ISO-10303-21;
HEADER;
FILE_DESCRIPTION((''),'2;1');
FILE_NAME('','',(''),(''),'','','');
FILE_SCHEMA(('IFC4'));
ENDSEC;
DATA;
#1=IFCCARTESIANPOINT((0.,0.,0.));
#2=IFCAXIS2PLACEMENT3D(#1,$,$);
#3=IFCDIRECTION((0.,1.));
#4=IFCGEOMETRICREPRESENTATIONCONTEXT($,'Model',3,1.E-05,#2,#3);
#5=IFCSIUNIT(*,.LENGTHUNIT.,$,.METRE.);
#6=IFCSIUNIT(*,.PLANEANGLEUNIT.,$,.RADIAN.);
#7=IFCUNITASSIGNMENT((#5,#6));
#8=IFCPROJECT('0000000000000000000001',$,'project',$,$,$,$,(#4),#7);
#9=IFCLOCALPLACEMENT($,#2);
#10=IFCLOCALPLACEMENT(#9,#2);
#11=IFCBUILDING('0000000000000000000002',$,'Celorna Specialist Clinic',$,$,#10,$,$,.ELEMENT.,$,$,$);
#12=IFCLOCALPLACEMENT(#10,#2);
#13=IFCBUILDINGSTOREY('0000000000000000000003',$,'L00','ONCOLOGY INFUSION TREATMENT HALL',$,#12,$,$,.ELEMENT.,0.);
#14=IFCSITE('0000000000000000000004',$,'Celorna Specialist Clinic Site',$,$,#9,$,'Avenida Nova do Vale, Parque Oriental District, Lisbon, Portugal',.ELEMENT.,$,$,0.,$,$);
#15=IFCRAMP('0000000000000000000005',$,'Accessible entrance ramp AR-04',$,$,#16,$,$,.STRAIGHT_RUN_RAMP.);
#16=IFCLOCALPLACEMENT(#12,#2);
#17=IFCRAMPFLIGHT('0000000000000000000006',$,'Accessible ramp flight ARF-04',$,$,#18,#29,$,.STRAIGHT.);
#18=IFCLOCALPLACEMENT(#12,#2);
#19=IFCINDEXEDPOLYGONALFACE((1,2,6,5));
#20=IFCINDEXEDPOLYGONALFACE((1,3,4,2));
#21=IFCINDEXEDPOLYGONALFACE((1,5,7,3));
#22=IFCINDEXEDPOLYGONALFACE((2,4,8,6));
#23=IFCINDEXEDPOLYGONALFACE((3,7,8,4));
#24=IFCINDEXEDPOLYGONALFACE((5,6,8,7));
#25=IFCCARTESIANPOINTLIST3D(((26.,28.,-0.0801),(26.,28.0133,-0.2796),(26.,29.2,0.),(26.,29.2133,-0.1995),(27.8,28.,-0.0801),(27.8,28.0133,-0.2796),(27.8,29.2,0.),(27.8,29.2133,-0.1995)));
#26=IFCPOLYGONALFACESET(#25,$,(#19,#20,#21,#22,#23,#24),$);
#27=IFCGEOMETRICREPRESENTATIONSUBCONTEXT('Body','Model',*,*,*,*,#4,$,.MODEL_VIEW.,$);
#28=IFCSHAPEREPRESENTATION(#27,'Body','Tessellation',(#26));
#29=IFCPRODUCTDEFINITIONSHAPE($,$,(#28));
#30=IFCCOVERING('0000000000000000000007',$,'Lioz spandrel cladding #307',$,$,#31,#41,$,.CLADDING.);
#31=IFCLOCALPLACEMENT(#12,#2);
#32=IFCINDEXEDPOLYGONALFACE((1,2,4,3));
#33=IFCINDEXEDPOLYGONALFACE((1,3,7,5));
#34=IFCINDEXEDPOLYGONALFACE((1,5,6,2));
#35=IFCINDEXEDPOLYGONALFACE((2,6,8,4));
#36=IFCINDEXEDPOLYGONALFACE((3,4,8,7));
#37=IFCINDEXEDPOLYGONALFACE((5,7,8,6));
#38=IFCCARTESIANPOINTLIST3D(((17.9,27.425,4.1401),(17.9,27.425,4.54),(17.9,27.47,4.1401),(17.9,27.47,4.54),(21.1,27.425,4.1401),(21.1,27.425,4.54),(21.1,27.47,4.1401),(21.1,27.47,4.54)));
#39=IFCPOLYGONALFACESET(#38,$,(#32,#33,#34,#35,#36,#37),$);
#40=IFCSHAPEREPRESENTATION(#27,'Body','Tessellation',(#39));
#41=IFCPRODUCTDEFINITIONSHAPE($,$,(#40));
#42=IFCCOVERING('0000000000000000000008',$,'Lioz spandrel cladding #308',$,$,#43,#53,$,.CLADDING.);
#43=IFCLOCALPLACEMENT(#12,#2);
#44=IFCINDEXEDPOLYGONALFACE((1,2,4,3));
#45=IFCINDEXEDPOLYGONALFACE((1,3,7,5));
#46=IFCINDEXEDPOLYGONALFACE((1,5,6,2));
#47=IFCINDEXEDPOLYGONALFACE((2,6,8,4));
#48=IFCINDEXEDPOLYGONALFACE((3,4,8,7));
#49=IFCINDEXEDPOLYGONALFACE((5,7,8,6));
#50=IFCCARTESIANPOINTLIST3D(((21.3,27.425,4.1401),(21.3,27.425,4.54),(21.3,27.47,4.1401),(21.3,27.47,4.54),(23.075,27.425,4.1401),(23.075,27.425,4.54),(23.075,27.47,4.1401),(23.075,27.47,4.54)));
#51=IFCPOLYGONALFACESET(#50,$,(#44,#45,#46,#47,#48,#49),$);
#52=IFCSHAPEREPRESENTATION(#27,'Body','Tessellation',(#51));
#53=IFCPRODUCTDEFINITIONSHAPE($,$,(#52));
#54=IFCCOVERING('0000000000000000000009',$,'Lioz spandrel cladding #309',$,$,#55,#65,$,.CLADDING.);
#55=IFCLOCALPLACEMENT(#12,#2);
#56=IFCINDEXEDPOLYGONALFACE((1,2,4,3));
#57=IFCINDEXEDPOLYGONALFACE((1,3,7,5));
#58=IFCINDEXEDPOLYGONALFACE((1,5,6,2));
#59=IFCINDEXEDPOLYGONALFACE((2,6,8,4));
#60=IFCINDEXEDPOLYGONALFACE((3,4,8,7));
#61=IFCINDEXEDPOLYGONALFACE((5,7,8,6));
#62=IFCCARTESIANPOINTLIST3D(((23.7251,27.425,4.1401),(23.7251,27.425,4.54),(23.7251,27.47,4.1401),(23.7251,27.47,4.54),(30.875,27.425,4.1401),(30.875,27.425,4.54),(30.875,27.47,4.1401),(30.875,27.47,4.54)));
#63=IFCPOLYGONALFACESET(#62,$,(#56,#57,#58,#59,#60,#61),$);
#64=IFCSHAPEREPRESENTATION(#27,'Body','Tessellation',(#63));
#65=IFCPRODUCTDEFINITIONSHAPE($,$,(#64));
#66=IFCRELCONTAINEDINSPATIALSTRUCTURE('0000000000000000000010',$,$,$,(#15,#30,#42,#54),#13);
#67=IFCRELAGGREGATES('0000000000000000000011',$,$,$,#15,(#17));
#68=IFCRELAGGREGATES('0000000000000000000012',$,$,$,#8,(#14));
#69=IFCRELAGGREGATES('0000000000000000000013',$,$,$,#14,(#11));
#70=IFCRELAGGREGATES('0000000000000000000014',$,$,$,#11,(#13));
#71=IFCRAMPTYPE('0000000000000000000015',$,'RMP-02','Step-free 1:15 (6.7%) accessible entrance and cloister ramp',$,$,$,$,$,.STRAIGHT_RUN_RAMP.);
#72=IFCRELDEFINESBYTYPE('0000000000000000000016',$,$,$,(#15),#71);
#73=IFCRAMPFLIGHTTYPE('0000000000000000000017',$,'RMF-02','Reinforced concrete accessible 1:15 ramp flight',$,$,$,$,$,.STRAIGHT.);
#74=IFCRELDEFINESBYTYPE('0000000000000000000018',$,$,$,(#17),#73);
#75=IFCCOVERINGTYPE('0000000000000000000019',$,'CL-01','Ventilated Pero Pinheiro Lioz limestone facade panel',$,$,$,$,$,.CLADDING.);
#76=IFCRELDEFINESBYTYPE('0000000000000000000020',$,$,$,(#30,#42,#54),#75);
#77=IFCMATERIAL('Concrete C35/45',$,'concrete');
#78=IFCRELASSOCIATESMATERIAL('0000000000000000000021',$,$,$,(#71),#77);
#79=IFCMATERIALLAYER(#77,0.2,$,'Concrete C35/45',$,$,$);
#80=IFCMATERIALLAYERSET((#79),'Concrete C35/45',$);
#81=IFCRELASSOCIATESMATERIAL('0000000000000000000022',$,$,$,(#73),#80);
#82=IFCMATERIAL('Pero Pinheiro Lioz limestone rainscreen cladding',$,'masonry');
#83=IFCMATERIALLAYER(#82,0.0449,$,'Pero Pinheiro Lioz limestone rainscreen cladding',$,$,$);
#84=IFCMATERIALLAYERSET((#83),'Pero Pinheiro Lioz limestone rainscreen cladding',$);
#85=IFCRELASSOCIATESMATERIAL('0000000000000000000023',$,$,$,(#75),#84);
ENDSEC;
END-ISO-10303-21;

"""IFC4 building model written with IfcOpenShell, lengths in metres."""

from ifc_helpers import new_model, si_unit, direction, frame, origin, origin_2d, place, context, subcontext, project, spatial, polyline, rectangle, outline, extrude, material, layer, layer_set, type_object, element, aggregate, save


model = new_model("IFC4")

# Units and contexts
model_context = context("Model", 3, precision=1e-05, world=origin(), true_north=direction((0.0, 1.0)))
body_context = subcontext(model_context, "Body", "Model", "MODEL_VIEW")
ifc_project = project(units=[si_unit("LENGTHUNIT", "METRE"), si_unit("PLANEANGLEUNIT", "RADIAN")], contexts=[model_context])

# Site, building, storey
site_placement = place(None, origin())
site = spatial("IfcSite", under=ifc_project, at=site_placement, Name="Celorna Specialist Clinic Site", LongName="Avenida Nova do Vale, Parque Oriental District, Lisbon, Portugal", CompositionType="ELEMENT", RefElevation=0.0)
building_placement = place(site_placement, origin())
building = spatial("IfcBuilding", under=site, at=building_placement, Name="Celorna Specialist Clinic", CompositionType="ELEMENT")
storey_placement = place(building_placement, origin())
storey = spatial("IfcBuildingStorey", under=building, at=storey_placement, Name="L00", Description="ONCOLOGY INFUSION TREATMENT HALL", CompositionType="ELEMENT", Elevation=0.0)

# Shared definitions
ifc_material_1 = material(Name="Concrete C35/45", Category="concrete")

# Ramp, ramp flight
ramp_type = type_object("IfcRampType", Name="RMP-02", Description="Step-free 1:15 (6.7%) accessible entrance and cloister ramp", PredefinedType="STRAIGHT_RUN_RAMP", material=ifc_material_1)
ramp_placement = place(storey_placement, origin())
ramp = element("IfcRamp", 1, at=ramp_placement, inside=storey, type_object=ramp_type, Name="Accessible entrance ramp AR-04", PredefinedType="STRAIGHT_RUN_RAMP")
ifc_layer_1 = layer(ifc_material_1, 0.2, Name="Concrete C35/45")
ifc_layer_set_1 = layer_set([ifc_layer_1], Name="Concrete C35/45")
ramp_flight_type = type_object("IfcRampFlightType", Name="RMF-02", Description="Reinforced concrete accessible 1:15 ramp flight", PredefinedType="STRAIGHT", material=ifc_layer_set_1)
ramp_flight_placement = place(storey_placement, frame((26.0, 28.0, -0.0801), z_axis=(0.0, -0.066586, 0.997781), x_axis=(1.0, 0.0, 0.0)))
ramp_flight = element("IfcRampFlight", 2, at=ramp_flight_placement, type_object=ramp_flight_type, Name="Accessible ramp flight ARF-04", PredefinedType="STRAIGHT", context=body_context, shape_type="SweptSolid", body=[
    extrude(outline(polyline([(0.0, 0.0), (1.8, 0.0), (1.8, 1.2026), (0.0, 1.2026), (0.0, 0.0)])), origin(), (0.0, 0.0, -1.0), 0.2),
])
aggregate(ramp, [ramp_flight])

# Coverings
ifc_material_2 = material(Name="Pero Pinheiro Lioz limestone rainscreen cladding", Category="masonry")
ifc_layer_2 = layer(ifc_material_2, 0.0449, Name="Pero Pinheiro Lioz limestone rainscreen cladding")
ifc_layer_set_2 = layer_set([ifc_layer_2], Name="Pero Pinheiro Lioz limestone rainscreen cladding")
covering_type = type_object("IfcCoveringType", Name="CL-01", Description="Ventilated Pero Pinheiro Lioz limestone facade panel", PredefinedType="CLADDING", material=ifc_layer_set_2)
covering_1_placement = place(storey_placement, frame((19.5, 27.4475, 4.1401), z_axis=(0.0, 0.0, 1.0), x_axis=(1.0, 0.0, 0.0)))
element("IfcCovering", 3, at=covering_1_placement, inside=storey, type_object=covering_type, Name="Lioz spandrel cladding #307", PredefinedType="CLADDING", context=body_context, shape_type="SweptSolid", body=[
    extrude(rectangle(XDim=3.2, YDim=0.0449, at=origin_2d()), origin(), (0.0, 0.0, 1.0), 0.3999),
])
covering_2_placement = place(storey_placement, frame((22.1875, 27.4475, 4.1401), z_axis=(0.0, 0.0, 1.0), x_axis=(1.0, 0.0, 0.0)))
element("IfcCovering", 4, at=covering_2_placement, inside=storey, type_object=covering_type, Name="Lioz spandrel cladding #308", PredefinedType="CLADDING", context=body_context, shape_type="SweptSolid", body=[
    extrude(rectangle(XDim=1.7749, YDim=0.0449, at=origin_2d()), origin(), (0.0, 0.0, 1.0), 0.3999),
])
covering_3_placement = place(storey_placement, frame((27.3, 27.4475, 4.1401), z_axis=(0.0, 0.0, 1.0), x_axis=(1.0, 0.0, 0.0)))
element("IfcCovering", 5, at=covering_3_placement, inside=storey, type_object=covering_type, Name="Lioz spandrel cladding #309", PredefinedType="CLADDING", context=body_context, shape_type="SweptSolid", body=[
    extrude(rectangle(XDim=7.1499, YDim=0.0449, at=origin_2d()), origin(), (0.0, 0.0, 1.0), 0.3999),
])

save(model, "model.ifc")
